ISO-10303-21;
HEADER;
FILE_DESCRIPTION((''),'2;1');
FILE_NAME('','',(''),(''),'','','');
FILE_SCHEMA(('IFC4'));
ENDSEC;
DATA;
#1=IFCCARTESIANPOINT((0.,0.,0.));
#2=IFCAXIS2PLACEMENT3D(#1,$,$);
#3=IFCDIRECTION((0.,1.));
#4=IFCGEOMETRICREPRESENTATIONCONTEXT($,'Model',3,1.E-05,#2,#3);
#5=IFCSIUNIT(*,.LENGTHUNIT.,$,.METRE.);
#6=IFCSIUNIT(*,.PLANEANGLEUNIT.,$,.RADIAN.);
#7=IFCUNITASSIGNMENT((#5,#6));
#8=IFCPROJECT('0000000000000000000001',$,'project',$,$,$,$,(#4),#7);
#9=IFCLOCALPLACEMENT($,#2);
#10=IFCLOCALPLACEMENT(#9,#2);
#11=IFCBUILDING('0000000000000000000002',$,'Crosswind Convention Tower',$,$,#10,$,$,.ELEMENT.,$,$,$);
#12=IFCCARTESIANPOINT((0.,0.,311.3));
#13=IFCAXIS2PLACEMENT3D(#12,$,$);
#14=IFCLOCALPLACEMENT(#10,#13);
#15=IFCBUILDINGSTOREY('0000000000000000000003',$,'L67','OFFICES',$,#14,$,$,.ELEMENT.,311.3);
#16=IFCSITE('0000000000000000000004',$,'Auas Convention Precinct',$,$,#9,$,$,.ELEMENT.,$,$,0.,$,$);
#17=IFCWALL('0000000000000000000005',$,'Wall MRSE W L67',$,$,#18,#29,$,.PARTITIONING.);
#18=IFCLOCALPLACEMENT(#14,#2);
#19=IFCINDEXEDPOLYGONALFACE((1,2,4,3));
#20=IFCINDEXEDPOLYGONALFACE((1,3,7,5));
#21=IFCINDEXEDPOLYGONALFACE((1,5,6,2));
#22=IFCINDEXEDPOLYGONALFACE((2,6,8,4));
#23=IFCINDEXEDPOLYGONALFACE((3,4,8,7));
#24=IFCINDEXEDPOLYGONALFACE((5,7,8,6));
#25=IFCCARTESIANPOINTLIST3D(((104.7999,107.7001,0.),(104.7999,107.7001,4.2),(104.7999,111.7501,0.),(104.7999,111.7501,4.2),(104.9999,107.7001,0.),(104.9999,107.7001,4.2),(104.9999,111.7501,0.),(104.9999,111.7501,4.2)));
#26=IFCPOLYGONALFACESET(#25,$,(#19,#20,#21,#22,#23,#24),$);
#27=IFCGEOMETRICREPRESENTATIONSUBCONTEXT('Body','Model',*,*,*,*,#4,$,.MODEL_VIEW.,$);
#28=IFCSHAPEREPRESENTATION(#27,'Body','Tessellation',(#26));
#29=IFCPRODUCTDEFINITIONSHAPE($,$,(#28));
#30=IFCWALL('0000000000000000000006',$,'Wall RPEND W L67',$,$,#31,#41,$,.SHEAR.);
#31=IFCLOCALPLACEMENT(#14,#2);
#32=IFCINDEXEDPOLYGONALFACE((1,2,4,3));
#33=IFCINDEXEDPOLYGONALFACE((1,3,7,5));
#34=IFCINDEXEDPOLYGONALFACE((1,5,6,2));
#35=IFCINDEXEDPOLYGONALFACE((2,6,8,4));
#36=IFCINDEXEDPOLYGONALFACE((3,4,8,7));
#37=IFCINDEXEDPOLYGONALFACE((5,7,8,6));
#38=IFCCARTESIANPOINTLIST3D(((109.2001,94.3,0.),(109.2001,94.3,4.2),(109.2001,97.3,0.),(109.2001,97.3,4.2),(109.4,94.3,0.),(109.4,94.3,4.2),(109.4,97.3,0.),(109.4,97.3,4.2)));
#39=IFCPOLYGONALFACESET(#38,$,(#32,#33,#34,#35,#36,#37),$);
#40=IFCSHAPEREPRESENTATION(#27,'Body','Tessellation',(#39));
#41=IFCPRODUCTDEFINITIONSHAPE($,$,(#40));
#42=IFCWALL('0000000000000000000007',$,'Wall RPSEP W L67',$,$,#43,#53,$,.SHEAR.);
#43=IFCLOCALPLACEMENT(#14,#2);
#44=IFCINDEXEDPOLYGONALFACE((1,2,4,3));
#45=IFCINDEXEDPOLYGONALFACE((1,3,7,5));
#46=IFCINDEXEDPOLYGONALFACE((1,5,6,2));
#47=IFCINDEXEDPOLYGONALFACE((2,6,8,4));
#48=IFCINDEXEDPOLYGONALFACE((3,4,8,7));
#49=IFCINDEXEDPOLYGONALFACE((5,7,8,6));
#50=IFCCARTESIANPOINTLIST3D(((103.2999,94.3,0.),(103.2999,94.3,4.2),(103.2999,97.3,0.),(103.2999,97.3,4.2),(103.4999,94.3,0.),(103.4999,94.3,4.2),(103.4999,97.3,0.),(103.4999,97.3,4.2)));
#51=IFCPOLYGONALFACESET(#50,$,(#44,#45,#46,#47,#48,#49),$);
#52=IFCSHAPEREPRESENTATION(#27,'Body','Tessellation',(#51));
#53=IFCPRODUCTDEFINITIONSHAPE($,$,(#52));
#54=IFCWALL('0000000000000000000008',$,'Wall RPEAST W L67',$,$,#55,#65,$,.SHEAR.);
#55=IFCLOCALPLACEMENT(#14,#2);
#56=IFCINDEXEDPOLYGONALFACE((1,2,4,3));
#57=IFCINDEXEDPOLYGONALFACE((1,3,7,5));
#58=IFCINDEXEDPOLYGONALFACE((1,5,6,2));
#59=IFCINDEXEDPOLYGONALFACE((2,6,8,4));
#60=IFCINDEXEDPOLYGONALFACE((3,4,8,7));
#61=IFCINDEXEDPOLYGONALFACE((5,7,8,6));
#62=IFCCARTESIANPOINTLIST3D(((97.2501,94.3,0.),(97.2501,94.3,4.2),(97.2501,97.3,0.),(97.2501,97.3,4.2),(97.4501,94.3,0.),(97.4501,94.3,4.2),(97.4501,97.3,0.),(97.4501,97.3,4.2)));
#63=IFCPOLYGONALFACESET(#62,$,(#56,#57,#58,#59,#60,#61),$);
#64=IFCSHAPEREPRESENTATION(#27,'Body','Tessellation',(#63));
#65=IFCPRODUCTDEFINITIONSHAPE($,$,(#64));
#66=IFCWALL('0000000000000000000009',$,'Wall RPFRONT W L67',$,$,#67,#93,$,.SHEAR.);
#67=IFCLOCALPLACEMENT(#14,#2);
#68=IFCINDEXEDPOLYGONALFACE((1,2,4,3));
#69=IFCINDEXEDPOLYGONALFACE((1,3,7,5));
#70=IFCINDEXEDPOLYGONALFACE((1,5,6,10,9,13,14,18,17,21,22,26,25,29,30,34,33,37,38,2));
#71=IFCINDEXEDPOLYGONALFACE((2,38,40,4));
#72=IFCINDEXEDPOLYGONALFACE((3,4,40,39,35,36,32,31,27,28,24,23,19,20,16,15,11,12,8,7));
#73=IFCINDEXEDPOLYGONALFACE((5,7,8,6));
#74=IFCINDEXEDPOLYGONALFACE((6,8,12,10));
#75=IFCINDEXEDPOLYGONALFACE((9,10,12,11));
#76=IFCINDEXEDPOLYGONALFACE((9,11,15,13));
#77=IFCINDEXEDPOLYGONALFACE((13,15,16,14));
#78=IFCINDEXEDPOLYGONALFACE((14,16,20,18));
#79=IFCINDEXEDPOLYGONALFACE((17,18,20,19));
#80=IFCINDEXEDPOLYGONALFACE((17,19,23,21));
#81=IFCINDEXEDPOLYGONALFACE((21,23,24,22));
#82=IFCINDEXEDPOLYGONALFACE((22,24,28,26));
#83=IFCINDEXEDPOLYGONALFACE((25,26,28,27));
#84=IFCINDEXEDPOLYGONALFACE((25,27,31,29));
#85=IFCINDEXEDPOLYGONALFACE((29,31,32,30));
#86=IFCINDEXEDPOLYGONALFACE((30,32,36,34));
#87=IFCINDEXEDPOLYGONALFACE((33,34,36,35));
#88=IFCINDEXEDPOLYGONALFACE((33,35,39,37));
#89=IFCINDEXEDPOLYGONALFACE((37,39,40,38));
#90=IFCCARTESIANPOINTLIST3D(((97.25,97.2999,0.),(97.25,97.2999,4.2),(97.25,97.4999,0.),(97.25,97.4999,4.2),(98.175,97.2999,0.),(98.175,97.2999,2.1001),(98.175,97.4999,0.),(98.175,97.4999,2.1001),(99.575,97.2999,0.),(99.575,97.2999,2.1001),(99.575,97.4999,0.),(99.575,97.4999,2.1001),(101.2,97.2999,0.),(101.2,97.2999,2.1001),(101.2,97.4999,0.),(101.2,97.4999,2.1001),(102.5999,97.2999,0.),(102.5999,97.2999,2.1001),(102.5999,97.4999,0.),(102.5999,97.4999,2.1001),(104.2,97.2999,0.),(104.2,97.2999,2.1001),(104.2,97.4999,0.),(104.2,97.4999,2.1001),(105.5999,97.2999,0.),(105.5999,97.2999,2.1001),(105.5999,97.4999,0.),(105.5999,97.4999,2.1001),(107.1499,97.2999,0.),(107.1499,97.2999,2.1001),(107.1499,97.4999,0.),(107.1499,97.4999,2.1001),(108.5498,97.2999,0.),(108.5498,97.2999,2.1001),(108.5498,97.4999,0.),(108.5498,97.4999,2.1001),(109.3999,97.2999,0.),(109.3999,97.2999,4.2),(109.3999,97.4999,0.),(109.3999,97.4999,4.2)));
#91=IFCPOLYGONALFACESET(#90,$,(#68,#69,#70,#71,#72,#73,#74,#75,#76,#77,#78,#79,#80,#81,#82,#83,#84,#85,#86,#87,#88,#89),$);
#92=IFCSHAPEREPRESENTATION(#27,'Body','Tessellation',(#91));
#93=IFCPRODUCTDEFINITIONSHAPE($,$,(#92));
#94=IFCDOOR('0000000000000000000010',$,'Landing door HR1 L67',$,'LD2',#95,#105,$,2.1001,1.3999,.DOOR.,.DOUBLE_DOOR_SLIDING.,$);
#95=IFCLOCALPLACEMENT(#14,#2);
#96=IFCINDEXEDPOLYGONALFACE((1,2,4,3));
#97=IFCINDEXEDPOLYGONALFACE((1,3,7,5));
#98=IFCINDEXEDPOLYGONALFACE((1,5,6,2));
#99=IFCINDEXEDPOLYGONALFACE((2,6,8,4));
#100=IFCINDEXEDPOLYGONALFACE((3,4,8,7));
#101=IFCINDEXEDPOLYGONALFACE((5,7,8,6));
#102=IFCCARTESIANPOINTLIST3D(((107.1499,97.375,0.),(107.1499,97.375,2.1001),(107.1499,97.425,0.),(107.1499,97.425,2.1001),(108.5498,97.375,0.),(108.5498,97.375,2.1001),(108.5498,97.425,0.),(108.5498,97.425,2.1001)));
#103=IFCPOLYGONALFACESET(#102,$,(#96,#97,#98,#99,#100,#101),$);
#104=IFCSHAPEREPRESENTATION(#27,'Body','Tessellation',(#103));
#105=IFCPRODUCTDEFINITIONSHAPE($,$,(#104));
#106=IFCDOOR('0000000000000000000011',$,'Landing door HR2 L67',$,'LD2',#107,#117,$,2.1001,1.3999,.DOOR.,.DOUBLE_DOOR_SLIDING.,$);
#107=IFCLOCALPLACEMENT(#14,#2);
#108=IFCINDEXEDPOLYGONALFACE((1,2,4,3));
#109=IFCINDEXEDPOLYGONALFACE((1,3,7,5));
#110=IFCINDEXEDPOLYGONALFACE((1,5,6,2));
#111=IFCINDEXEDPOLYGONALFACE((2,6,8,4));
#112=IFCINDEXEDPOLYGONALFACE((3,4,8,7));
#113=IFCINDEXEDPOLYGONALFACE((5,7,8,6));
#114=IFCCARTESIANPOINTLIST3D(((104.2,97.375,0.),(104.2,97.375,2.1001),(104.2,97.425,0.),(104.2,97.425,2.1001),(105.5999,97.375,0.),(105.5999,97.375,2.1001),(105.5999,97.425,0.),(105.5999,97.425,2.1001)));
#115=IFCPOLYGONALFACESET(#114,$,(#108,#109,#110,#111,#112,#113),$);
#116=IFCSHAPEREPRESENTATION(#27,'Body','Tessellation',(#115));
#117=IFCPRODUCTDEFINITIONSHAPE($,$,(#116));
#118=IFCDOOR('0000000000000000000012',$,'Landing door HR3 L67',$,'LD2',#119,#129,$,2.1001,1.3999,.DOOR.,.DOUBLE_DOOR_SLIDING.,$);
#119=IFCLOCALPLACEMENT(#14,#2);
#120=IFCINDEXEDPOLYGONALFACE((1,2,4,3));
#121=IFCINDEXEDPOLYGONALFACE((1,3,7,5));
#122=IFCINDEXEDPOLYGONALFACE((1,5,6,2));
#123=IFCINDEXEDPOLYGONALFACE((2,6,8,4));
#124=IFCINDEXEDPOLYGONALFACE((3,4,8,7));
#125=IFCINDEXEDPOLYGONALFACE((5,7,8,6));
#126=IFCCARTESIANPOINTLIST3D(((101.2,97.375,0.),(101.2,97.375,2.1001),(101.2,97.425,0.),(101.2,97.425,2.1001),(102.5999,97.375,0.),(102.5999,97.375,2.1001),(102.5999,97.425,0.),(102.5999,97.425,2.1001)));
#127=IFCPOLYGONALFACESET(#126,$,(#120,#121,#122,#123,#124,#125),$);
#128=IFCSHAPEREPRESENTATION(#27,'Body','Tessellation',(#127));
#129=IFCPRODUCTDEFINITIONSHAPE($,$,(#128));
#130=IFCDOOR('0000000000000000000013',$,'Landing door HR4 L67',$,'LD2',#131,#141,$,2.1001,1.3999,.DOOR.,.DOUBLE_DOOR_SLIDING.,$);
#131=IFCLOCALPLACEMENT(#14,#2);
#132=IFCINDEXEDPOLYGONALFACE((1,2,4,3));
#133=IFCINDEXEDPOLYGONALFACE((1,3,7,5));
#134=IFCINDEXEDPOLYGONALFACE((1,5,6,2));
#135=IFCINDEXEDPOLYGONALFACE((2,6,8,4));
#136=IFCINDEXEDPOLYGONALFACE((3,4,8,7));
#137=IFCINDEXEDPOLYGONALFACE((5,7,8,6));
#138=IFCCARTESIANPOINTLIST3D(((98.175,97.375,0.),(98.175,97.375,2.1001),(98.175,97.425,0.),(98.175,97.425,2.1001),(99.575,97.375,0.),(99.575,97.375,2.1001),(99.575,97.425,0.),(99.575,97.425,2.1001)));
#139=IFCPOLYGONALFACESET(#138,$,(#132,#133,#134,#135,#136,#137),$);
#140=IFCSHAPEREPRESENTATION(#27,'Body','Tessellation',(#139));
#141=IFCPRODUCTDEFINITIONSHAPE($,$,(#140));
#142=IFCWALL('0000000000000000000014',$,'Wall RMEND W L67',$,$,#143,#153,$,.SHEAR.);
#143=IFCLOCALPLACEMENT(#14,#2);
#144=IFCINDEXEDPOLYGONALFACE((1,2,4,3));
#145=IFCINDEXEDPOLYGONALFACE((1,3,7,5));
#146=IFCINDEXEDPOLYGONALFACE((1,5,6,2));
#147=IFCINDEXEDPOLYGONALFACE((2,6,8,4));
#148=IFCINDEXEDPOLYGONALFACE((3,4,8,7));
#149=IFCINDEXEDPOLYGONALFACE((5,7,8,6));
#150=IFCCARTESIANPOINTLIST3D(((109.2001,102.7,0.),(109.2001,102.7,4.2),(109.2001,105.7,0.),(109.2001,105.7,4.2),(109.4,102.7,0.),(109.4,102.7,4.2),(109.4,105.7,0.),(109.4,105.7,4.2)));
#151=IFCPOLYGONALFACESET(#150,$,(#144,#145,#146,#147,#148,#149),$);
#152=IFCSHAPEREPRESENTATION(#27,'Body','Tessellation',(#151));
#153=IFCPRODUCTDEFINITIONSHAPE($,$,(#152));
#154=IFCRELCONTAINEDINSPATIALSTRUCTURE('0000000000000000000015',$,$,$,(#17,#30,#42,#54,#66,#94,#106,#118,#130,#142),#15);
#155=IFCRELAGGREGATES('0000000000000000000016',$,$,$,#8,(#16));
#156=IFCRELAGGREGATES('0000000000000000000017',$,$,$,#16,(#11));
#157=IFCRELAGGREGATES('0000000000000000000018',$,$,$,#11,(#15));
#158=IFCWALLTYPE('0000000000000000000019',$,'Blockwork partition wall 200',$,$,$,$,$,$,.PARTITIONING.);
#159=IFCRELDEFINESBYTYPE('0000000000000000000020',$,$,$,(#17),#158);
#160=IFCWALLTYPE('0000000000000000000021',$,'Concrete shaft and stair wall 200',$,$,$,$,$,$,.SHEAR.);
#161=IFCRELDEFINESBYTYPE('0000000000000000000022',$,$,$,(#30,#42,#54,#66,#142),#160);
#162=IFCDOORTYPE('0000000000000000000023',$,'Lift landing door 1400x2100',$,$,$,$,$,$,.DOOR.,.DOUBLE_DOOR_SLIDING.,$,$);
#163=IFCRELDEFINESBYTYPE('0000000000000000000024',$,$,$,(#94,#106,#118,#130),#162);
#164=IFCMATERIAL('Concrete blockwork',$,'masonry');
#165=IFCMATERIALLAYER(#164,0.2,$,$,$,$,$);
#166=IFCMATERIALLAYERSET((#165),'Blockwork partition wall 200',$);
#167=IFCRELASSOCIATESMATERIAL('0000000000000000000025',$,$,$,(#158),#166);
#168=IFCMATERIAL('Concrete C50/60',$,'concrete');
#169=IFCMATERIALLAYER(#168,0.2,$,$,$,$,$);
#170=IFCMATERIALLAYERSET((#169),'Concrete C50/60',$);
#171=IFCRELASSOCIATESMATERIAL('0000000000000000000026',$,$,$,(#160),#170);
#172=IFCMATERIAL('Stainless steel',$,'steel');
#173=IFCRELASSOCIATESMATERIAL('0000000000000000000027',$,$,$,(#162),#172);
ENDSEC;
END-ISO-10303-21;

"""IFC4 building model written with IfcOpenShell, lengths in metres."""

from ifc_helpers import new_model, si_unit, direction, frame, frame_2d, origin, place, context, subcontext, project, spatial, rectangle, extrude, material, layer, layer_set, type_object, element, fill, save


model = new_model("IFC4")

# Units and contexts
model_context = context("Model", 3, precision=1e-05, world=origin(), true_north=direction((0.0, 1.0)))
body_context = subcontext(model_context, "Body", "Model", "MODEL_VIEW")
ifc_project = project(units=[si_unit("LENGTHUNIT", "METRE"), si_unit("PLANEANGLEUNIT", "RADIAN")], contexts=[model_context])

# Site, building, storey
site_placement = place(None, origin())
site = spatial("IfcSite", under=ifc_project, at=site_placement, Name="Auas Convention Precinct", CompositionType="ELEMENT", RefElevation=0.0)
building_placement = place(site_placement, origin())
building = spatial("IfcBuilding", under=site, at=building_placement, Name="Crosswind Convention Tower", CompositionType="ELEMENT")
storey_placement = place(building_placement, frame((0.0, 0.0, 311.3)))
storey = spatial("IfcBuildingStorey", under=building, at=storey_placement, Name="L67", Description="OFFICES", CompositionType="ELEMENT", Elevation=311.3)

# Walls
ifc_material_1 = material(Name="Concrete blockwork", Category="masonry")
ifc_layer_1 = layer(ifc_material_1, 0.2)
ifc_layer_set_1 = layer_set([ifc_layer_1], Name="Blockwork partition wall 200")
wall_type_1 = type_object("IfcWallType", Name="Blockwork partition wall 200", PredefinedType="PARTITIONING", material=ifc_layer_set_1)
wall_1_placement = place(storey_placement, frame((104.8999, 111.75, 0.0), z_axis=(0.0, 0.0, 1.0), x_axis=(0.0, -1.0, 0.0)))
element("IfcWall", 1, at=wall_1_placement, inside=storey, type_object=wall_type_1, Name="Wall MRSE W L67", PredefinedType="PARTITIONING", context=body_context, shape_type="SweptSolid", body=[
    extrude(rectangle(XDim=4.05, YDim=0.2, at=frame_2d((2.0249, 0.0))), origin(), (0.0, 0.0, 1.0), 4.2),
])
ifc_material_2 = material(Name="Concrete C50/60", Category="concrete")
ifc_layer_2 = layer(ifc_material_2, 0.2)
ifc_layer_set_2 = layer_set([ifc_layer_2], Name="Concrete C50/60")
wall_type_2 = type_object("IfcWallType", Name="Concrete shaft and stair wall 200", PredefinedType="SHEAR", material=ifc_layer_set_2)
for number, where, z_axis, x_axis, name in (
    (2, (109.3, 97.3, 0.0), (0.0, 0.0, 1.0), (0.0, -1.0, 0.0), "Wall RPEND W L67"),
    (3, (103.3999, 97.3, 0.0), (0.0, 0.0, 1.0), (0.0, -1.0, 0.0), "Wall RPSEP W L67"),
    (4, (97.3501, 97.3, 0.0), (0.0, 0.0, 1.0), (0.0, -1.0, 0.0), "Wall RPEAST W L67"),
):
    element("IfcWall", number, at=place(storey_placement, frame(where, z_axis=z_axis, x_axis=x_axis)), inside=storey, type_object=wall_type_2, Name=name, PredefinedType="SHEAR", context=body_context, shape_type="SweptSolid", body=[
        extrude(rectangle(XDim=3.0, YDim=0.2, at=frame_2d((1.5, 0.0))), origin(), (0.0, 0.0, 1.0), 4.2),
    ])

# Wall, openings, doors
wall_2_placement = place(storey_placement, frame((109.3999, 97.3999, 0.0), z_axis=(0.0, 0.0, 1.0), x_axis=(-1.0, 0.0, 0.0)))
wall_2 = element("IfcWall", 5, at=wall_2_placement, inside=storey, type_object=wall_type_2, Name="Wall RPFRONT W L67", PredefinedType="SHEAR", context=body_context, shape_type="SweptSolid", body=[
    extrude(rectangle(XDim=12.1499, YDim=0.2, at=frame_2d((6.075, 0.0))), origin(), (0.0, 0.0, 1.0), 4.2),
])
opening_1_placement = place(wall_2_placement, frame((0.8501, 0.0, 0.0)))
opening_1 = element("IfcOpeningElement", 6, at=opening_1_placement, cuts=wall_2, PredefinedType="OPENING", context=body_context, shape_type="SweptSolid", body=[
    extrude(rectangle(XDim=1.3999, YDim=2.1001, at=frame_2d((0.7, 1.05))), frame((0.0, 0.1099, 0.0), z_axis=(0.0, -1.0, 0.0), x_axis=(1.0, 0.0, 0.0)), (0.0, 0.0, 1.0), 0.22),
])
opening_2_placement = place(wall_2_placement, frame((3.8, 0.0, 0.0)))
opening_2 = element("IfcOpeningElement", 7, at=opening_2_placement, cuts=wall_2, PredefinedType="OPENING", context=body_context, shape_type="SweptSolid", body=[
    extrude(rectangle(XDim=1.3999, YDim=2.1001, at=frame_2d((0.7, 1.05))), frame((0.0, 0.1099, 0.0), z_axis=(0.0, -1.0, 0.0), x_axis=(1.0, 0.0, 0.0)), (0.0, 0.0, 1.0), 0.22),
])
opening_3_placement = place(wall_2_placement, frame((6.8, 0.0, 0.0)))
opening_3 = element("IfcOpeningElement", 8, at=opening_3_placement, cuts=wall_2, PredefinedType="OPENING", context=body_context, shape_type="SweptSolid", body=[
    extrude(rectangle(XDim=1.3999, YDim=2.1001, at=frame_2d((0.7, 1.05))), frame((0.0, 0.1099, 0.0), z_axis=(0.0, -1.0, 0.0), x_axis=(1.0, 0.0, 0.0)), (0.0, 0.0, 1.0), 0.22),
])
opening_4_placement = place(wall_2_placement, frame((9.825, 0.0, 0.0)))
opening_4 = element("IfcOpeningElement", 9, at=opening_4_placement, cuts=wall_2, PredefinedType="OPENING", context=body_context, shape_type="SweptSolid", body=[
    extrude(rectangle(XDim=1.3999, YDim=2.1001, at=frame_2d((0.7, 1.05))), frame((0.0, 0.1099, 0.0), z_axis=(0.0, -1.0, 0.0), x_axis=(1.0, 0.0, 0.0)), (0.0, 0.0, 1.0), 0.22),
])
ifc_material_3 = material(Name="Stainless steel", Category="steel")
door_type_1 = type_object("IfcDoorType", Name="Lift landing door 1400x2100", OperationType="DOUBLE_DOOR_SLIDING", PredefinedType="DOOR", material=ifc_material_3)
door_1_placement = place(opening_1_placement, origin())
door_1 = element("IfcDoor", 10, at=door_1_placement, inside=storey, type_object=door_type_1, Name="Landing door HR1 L67", ObjectType="LD2", OperationType="DOUBLE_DOOR_SLIDING", OverallHeight=2.1001, OverallWidth=1.3999, PredefinedType="DOOR", context=body_context, shape_type="SweptSolid", body=[
    extrude(rectangle(XDim=1.3999, YDim=2.1001, at=frame_2d((0.7, 1.05))), frame((0.0, 0.0249, 0.0), z_axis=(0.0, -1.0, 0.0), x_axis=(1.0, 0.0, 0.0)), (0.0, 0.0, 1.0), 0.05),
])
fill(opening_1, door_1)
door_2_placement = place(opening_2_placement, origin())
door_2 = element("IfcDoor", 11, at=door_2_placement, inside=storey, type_object=door_type_1, Name="Landing door HR2 L67", ObjectType="LD2", OperationType="DOUBLE_DOOR_SLIDING", OverallHeight=2.1001, OverallWidth=1.3999, PredefinedType="DOOR", context=body_context, shape_type="SweptSolid", body=[
    extrude(rectangle(XDim=1.3999, YDim=2.1001, at=frame_2d((0.7, 1.05))), frame((0.0, 0.0249, 0.0), z_axis=(0.0, -1.0, 0.0), x_axis=(1.0, 0.0, 0.0)), (0.0, 0.0, 1.0), 0.05),
])
fill(opening_2, door_2)
door_3_placement = place(opening_3_placement, origin())
door_3 = element("IfcDoor", 12, at=door_3_placement, inside=storey, type_object=door_type_1, Name="Landing door HR3 L67", ObjectType="LD2", OperationType="DOUBLE_DOOR_SLIDING", OverallHeight=2.1001, OverallWidth=1.3999, PredefinedType="DOOR", context=body_context, shape_type="SweptSolid", body=[
    extrude(rectangle(XDim=1.3999, YDim=2.1001, at=frame_2d((0.7, 1.05))), frame((0.0, 0.0249, 0.0), z_axis=(0.0, -1.0, 0.0), x_axis=(1.0, 0.0, 0.0)), (0.0, 0.0, 1.0), 0.05),
])
fill(opening_3, door_3)
door_4_placement = place(opening_4_placement, origin())
door_4 = element("IfcDoor", 13, at=door_4_placement, inside=storey, type_object=door_type_1, Name="Landing door HR4 L67", ObjectType="LD2", OperationType="DOUBLE_DOOR_SLIDING", OverallHeight=2.1001, OverallWidth=1.3999, PredefinedType="DOOR", context=body_context, shape_type="SweptSolid", body=[
    extrude(rectangle(XDim=1.3999, YDim=2.1001, at=frame_2d((0.7, 1.05))), frame((0.0, 0.0249, 0.0), z_axis=(0.0, -1.0, 0.0), x_axis=(1.0, 0.0, 0.0)), (0.0, 0.0, 1.0), 0.05),
])
fill(opening_4, door_4)

# Wall
wall_3_placement = place(storey_placement, frame((109.3, 105.7, 0.0), z_axis=(0.0, 0.0, 1.0), x_axis=(0.0, -1.0, 0.0)))
element("IfcWall", 14, at=wall_3_placement, inside=storey, type_object=wall_type_2, Name="Wall RMEND W L67", PredefinedType="SHEAR", context=body_context, shape_type="SweptSolid", body=[
    extrude(rectangle(XDim=3.0, YDim=0.2, at=frame_2d((1.5, 0.0))), origin(), (0.0, 0.0, 1.0), 4.2),
])

save(model, "model.ifc")
